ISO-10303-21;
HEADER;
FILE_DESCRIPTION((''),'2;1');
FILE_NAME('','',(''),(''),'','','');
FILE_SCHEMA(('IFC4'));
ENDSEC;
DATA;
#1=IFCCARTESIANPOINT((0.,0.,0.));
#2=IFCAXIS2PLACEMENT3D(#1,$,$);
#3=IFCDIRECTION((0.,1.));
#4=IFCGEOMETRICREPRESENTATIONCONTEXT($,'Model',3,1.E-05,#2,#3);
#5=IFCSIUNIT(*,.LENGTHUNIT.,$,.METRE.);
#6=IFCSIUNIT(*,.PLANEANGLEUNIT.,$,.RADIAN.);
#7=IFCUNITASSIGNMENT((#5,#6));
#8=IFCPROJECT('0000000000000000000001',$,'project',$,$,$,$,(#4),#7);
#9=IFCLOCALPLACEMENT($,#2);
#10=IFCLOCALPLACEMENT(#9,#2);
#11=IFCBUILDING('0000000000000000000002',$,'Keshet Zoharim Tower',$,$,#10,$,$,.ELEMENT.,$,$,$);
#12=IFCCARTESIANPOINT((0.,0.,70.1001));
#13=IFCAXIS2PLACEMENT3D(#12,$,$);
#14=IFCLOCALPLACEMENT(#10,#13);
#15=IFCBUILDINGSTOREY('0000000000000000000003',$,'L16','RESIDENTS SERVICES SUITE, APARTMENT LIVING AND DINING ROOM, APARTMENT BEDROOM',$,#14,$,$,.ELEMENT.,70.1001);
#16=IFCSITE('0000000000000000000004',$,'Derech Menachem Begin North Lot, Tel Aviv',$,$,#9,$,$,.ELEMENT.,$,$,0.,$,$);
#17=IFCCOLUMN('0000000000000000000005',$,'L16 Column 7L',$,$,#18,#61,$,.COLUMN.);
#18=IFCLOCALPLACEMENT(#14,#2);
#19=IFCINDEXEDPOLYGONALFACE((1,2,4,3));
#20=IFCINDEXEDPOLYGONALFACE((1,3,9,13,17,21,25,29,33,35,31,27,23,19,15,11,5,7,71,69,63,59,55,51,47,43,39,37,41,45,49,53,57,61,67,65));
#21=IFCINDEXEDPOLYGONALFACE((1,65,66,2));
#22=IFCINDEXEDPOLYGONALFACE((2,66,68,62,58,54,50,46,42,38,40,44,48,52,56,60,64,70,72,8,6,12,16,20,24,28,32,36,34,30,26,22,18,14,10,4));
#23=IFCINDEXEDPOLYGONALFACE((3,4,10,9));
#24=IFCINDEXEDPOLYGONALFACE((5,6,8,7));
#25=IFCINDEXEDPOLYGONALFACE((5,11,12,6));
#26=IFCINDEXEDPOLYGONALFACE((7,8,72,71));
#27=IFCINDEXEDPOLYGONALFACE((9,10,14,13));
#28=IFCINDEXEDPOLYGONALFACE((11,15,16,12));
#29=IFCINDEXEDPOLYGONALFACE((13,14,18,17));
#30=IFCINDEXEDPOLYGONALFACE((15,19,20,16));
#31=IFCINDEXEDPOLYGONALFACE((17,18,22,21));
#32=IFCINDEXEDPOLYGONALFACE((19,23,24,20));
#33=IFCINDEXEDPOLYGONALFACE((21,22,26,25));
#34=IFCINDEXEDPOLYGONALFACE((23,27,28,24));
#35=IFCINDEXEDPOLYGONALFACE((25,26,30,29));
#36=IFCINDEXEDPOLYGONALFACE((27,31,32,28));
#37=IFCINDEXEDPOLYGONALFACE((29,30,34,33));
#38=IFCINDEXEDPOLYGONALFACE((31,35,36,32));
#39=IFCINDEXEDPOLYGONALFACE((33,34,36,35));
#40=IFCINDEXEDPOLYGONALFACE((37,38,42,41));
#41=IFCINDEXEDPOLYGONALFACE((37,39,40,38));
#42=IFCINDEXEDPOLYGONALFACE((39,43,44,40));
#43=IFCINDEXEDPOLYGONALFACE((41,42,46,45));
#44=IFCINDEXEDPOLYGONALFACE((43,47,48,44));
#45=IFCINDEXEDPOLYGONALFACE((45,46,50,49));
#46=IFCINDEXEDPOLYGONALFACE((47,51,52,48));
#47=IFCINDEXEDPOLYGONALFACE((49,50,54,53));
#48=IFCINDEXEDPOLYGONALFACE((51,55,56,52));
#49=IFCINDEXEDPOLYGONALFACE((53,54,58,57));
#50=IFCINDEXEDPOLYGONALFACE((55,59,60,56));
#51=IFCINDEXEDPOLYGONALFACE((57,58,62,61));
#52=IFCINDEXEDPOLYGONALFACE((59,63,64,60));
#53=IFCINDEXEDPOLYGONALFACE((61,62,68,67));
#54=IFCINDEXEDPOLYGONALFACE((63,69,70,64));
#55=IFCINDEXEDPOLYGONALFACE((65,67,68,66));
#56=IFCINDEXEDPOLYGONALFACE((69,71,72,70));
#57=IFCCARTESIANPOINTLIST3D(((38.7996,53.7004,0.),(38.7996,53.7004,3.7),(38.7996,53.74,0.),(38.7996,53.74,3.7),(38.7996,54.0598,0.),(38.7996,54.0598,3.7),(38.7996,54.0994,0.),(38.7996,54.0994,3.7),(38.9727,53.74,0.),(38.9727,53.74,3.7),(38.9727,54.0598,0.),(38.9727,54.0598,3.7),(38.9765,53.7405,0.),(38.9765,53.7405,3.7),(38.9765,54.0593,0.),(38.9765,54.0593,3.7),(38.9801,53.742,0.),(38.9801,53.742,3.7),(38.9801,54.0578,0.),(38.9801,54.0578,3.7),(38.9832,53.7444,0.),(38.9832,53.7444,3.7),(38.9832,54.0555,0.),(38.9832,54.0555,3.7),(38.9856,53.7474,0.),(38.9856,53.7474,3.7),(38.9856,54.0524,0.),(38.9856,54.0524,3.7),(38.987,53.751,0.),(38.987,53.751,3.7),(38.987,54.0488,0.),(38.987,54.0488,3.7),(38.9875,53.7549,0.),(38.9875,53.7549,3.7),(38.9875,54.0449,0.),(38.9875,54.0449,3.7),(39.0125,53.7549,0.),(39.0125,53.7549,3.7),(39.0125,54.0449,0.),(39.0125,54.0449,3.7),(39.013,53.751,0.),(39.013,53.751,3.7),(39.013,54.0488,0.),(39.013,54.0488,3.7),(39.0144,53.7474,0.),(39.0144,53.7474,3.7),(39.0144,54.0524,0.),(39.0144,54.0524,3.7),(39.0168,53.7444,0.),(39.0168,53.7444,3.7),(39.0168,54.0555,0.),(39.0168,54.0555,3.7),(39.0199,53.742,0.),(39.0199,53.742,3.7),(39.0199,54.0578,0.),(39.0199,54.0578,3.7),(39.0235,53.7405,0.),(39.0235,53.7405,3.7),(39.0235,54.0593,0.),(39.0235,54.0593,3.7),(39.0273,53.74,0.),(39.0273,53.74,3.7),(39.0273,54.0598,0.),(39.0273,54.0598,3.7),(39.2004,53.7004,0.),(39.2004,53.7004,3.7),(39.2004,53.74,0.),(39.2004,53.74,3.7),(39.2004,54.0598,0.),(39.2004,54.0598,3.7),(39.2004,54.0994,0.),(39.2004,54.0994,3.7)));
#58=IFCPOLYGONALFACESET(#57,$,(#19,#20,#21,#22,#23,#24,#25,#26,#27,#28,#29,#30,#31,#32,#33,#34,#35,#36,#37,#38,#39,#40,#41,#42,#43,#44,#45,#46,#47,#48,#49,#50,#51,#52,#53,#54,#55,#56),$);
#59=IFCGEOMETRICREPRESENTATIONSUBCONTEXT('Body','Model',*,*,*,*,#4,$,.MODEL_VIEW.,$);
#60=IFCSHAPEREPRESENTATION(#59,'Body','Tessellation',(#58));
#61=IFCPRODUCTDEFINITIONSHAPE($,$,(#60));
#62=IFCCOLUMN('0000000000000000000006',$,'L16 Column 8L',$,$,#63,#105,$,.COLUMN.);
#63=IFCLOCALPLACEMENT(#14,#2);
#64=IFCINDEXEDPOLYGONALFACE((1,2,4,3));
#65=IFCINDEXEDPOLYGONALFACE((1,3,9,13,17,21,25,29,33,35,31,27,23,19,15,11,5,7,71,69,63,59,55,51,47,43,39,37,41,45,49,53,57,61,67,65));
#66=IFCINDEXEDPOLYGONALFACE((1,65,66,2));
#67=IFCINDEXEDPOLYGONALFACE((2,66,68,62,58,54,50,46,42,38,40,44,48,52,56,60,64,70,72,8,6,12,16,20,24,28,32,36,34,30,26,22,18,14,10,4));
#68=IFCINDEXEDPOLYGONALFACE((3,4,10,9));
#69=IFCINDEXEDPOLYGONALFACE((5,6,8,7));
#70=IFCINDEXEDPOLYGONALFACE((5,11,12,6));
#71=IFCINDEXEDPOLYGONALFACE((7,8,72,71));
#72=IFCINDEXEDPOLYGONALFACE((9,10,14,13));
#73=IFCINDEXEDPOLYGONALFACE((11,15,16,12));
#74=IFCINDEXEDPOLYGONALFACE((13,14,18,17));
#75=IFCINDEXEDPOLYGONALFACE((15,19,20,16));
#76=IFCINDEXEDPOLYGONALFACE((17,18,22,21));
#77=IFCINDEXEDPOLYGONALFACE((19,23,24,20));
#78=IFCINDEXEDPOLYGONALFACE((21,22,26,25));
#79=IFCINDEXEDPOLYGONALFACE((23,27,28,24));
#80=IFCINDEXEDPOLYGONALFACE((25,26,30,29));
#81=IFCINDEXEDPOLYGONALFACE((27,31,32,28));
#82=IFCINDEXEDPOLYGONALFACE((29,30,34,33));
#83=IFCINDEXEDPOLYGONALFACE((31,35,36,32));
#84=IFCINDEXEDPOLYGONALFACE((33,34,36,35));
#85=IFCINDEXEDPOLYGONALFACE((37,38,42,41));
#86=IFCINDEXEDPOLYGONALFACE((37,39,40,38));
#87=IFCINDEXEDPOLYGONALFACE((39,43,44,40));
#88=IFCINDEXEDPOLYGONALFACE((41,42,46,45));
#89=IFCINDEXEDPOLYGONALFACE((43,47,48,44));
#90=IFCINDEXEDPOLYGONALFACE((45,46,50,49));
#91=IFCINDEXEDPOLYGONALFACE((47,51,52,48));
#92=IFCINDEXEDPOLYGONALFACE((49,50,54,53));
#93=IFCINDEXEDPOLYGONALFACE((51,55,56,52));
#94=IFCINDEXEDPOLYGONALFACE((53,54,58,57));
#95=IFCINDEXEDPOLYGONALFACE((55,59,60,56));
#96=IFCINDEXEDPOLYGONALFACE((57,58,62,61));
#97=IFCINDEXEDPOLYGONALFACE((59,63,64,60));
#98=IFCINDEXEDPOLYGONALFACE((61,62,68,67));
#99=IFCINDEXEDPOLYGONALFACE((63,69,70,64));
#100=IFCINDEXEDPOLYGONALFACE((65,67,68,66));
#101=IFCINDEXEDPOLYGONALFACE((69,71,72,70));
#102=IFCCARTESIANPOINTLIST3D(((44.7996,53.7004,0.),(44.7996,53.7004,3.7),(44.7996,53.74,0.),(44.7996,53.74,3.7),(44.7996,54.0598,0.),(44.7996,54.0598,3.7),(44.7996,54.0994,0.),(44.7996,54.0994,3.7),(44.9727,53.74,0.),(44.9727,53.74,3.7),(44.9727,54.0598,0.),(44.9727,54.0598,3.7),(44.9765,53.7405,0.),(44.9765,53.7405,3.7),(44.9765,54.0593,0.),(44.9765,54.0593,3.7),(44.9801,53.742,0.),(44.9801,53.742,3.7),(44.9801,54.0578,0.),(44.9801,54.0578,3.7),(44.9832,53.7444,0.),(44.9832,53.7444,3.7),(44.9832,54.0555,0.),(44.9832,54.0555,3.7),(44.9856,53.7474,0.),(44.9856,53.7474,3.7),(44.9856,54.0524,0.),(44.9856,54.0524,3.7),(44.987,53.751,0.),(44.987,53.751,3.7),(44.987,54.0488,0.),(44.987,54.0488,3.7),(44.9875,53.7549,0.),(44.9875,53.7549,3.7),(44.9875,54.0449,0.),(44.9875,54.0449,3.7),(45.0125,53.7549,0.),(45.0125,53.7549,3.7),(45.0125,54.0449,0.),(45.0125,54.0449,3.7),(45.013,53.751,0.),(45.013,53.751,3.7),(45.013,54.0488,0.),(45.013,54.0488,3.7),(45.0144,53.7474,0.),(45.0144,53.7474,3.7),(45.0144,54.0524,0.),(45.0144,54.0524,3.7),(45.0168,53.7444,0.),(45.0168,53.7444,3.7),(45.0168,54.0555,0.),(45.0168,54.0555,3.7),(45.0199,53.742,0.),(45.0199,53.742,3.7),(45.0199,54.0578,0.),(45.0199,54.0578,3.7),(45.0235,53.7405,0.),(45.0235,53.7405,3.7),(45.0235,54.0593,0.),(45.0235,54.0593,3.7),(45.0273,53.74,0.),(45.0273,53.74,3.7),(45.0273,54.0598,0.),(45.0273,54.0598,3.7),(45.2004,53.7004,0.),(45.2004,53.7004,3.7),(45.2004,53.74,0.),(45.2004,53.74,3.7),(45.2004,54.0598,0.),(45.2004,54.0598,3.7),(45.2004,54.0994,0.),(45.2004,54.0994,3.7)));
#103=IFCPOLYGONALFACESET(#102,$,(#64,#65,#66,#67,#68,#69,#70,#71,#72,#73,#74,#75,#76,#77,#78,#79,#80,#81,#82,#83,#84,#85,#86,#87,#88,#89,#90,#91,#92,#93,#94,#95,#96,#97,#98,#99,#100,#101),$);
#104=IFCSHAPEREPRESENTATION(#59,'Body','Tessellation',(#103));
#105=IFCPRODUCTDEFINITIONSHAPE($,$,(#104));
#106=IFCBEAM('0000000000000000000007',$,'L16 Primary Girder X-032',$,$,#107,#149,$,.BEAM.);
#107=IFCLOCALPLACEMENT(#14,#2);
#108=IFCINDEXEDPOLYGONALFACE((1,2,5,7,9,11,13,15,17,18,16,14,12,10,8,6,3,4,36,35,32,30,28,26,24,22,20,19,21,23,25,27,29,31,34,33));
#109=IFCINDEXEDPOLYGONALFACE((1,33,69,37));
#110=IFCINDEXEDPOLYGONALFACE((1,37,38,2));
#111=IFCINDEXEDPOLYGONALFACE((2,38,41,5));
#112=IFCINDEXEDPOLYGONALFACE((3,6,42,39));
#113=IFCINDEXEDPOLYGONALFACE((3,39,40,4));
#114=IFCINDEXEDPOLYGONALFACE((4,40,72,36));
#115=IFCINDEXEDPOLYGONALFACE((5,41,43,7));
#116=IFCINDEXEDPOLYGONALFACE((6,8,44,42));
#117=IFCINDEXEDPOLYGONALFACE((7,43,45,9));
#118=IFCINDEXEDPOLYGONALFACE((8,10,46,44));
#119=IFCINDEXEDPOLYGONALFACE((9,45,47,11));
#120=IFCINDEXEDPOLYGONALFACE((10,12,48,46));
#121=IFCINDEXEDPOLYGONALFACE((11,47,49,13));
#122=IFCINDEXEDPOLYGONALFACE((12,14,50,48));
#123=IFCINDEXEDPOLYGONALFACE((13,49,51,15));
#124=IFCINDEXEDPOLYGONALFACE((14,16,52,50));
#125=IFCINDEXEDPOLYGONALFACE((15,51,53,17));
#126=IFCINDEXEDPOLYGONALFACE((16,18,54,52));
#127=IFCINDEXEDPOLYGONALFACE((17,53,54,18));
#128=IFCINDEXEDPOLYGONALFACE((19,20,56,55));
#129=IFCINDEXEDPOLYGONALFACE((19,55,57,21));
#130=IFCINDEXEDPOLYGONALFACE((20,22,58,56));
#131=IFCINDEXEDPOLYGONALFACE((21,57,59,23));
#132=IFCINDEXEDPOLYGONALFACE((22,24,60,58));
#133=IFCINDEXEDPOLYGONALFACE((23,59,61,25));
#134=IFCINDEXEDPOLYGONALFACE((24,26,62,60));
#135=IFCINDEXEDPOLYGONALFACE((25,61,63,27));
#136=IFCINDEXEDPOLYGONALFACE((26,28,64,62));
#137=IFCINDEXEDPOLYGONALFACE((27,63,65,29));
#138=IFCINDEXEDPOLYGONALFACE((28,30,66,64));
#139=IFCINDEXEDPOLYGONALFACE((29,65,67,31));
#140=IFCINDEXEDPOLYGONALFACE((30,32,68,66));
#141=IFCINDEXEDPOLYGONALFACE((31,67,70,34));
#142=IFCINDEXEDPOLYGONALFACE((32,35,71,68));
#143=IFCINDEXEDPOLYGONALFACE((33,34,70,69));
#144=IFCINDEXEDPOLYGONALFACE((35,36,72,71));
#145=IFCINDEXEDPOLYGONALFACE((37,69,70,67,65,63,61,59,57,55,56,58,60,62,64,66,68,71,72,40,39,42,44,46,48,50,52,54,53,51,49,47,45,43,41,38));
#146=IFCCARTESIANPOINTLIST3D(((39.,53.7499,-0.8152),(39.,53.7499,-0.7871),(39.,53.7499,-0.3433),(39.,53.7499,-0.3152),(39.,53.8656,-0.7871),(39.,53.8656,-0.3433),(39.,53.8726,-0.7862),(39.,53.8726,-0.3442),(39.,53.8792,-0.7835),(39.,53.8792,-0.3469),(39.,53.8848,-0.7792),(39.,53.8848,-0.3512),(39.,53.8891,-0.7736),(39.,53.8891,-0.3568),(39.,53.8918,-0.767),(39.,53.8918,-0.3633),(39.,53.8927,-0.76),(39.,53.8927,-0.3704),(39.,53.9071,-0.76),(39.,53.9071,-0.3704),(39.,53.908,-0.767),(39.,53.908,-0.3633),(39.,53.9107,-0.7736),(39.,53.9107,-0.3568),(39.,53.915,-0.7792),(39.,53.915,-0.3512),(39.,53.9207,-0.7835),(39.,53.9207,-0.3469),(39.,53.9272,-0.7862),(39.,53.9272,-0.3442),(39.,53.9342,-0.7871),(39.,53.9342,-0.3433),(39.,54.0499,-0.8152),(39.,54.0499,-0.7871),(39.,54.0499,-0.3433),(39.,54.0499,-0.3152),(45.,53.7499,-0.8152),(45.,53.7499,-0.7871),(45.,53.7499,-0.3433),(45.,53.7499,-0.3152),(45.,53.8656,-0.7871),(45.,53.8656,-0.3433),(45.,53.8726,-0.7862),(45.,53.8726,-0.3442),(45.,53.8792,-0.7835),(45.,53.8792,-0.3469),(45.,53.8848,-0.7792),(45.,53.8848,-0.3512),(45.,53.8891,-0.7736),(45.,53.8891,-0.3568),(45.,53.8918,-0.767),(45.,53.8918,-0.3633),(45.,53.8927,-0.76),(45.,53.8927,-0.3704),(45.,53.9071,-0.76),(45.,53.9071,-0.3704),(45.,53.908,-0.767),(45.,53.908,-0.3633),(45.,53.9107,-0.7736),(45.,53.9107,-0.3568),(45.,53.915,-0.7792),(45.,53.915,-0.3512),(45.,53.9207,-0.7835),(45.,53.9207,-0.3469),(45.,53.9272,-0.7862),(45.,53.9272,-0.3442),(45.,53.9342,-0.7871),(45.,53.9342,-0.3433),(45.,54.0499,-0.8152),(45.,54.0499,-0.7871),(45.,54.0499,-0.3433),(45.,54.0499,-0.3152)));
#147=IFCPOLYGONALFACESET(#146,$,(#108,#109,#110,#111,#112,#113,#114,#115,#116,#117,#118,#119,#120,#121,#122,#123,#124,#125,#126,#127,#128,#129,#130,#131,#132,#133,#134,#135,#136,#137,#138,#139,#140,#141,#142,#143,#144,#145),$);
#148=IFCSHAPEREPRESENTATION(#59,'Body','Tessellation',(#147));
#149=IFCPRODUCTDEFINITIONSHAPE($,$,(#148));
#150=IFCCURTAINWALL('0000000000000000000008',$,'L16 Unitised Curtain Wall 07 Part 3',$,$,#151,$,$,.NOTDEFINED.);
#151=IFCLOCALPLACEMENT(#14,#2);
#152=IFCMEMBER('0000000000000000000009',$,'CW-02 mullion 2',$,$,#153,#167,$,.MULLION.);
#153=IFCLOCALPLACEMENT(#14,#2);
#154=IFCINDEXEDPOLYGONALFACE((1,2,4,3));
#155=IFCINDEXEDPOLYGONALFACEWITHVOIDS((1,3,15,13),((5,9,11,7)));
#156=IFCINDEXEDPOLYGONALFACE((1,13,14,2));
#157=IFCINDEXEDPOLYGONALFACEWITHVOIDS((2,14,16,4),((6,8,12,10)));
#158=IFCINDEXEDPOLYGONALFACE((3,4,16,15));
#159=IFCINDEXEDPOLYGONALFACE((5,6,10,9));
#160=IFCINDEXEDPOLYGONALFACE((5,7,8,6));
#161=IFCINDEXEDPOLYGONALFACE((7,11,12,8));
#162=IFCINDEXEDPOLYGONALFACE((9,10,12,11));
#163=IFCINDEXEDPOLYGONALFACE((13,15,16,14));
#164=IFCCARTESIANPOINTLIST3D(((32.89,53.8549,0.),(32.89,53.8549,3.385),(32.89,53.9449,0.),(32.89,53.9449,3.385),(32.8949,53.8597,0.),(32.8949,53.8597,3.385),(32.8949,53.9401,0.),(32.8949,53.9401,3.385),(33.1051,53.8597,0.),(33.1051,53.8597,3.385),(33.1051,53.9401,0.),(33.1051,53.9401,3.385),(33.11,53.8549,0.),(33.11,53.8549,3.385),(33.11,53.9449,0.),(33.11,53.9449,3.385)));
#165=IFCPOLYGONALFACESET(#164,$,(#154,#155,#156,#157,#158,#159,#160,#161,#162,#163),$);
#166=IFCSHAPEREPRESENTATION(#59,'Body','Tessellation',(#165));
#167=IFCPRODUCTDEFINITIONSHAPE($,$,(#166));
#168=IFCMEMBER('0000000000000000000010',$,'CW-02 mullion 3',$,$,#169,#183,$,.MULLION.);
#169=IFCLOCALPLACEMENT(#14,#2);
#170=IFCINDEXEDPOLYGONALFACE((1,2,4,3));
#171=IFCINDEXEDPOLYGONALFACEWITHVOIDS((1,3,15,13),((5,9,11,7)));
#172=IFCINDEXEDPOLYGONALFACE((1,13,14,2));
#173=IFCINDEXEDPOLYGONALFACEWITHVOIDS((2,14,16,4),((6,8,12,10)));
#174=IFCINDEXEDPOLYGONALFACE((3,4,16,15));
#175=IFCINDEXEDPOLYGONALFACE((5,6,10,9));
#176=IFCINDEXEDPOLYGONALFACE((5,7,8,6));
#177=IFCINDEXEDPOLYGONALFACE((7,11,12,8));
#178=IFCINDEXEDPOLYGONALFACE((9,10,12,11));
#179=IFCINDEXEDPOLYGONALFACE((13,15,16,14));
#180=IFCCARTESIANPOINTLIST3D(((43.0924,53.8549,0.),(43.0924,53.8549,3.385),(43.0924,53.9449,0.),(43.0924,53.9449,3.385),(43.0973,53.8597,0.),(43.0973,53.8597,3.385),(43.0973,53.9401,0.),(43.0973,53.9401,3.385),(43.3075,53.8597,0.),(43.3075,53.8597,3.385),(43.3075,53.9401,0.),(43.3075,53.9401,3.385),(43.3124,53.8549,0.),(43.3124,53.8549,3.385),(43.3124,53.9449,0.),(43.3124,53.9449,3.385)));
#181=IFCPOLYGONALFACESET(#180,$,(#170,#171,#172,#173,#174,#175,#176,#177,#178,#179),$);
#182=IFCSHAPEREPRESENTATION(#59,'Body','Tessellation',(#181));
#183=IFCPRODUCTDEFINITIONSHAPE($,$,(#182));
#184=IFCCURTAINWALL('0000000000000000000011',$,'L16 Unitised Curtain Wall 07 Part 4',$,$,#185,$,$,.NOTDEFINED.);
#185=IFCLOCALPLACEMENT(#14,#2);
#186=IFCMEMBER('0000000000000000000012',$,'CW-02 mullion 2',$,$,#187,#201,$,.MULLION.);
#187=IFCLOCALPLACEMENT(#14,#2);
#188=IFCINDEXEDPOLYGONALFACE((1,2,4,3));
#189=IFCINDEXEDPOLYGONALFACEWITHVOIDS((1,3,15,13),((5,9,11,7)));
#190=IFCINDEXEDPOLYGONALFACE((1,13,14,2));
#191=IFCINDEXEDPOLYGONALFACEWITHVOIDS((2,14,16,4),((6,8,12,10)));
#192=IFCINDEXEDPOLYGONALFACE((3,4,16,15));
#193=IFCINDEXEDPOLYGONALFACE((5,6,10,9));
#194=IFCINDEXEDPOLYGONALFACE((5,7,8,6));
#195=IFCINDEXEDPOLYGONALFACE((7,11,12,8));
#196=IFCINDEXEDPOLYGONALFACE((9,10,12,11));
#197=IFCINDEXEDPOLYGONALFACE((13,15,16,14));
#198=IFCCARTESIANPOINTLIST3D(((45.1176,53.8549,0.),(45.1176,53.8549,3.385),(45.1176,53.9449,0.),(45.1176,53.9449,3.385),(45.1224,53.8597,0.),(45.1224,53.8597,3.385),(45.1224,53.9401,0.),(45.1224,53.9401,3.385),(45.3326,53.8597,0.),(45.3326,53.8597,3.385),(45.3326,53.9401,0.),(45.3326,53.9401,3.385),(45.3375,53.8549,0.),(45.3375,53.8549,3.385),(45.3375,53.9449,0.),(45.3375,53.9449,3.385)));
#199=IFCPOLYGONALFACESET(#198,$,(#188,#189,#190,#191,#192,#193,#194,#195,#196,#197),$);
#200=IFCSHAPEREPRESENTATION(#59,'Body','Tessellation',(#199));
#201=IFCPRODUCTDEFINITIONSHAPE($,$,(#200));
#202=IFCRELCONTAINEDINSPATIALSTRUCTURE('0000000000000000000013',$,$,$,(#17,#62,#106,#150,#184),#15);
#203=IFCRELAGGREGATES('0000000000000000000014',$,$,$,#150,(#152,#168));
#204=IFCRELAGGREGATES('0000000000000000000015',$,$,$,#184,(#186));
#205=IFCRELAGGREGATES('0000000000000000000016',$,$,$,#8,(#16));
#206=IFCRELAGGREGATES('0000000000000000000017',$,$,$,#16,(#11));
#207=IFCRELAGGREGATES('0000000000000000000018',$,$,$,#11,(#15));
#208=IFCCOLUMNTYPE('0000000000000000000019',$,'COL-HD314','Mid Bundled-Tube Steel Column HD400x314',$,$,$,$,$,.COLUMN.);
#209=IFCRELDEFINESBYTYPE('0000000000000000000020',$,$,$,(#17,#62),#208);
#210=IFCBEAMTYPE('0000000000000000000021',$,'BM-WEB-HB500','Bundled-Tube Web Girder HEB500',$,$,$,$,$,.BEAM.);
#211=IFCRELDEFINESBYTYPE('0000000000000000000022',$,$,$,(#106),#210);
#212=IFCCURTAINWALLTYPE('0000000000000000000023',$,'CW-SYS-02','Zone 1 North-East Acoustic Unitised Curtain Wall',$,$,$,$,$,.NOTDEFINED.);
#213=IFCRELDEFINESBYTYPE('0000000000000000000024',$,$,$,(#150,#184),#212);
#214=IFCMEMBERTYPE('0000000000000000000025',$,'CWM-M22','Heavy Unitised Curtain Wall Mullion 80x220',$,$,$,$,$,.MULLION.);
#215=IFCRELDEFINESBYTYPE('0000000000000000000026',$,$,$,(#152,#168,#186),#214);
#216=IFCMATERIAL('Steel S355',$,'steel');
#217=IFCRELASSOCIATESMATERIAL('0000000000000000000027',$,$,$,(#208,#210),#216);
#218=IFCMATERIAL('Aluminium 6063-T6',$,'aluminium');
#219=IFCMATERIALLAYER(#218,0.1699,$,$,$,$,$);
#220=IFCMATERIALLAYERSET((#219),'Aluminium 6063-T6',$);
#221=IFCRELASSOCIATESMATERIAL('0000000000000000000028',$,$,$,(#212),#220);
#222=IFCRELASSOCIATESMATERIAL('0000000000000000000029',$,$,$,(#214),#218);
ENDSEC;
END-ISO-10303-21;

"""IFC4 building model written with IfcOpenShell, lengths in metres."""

from ifc_helpers import new_model, si_unit, direction, frame, origin, origin_2d, place, context, subcontext, project, spatial, hollow_rectangle, i_section, extrude, material, layer, layer_set, material_profile, profile_set, type_object, element, aggregate, save


model = new_model("IFC4")

# Units and contexts
model_context = context("Model", 3, precision=1e-05, world=origin(), true_north=direction((0.0, 1.0)))
body_context = subcontext(model_context, "Body", "Model", "MODEL_VIEW")
ifc_project = project(units=[si_unit("LENGTHUNIT", "METRE"), si_unit("PLANEANGLEUNIT", "RADIAN")], contexts=[model_context])

# Site, building, storey
site_placement = place(None, origin())
site = spatial("IfcSite", under=ifc_project, at=site_placement, Name="Derech Menachem Begin North Lot, Tel Aviv", CompositionType="ELEMENT", RefElevation=0.0)
building_placement = place(site_placement, origin())
building = spatial("IfcBuilding", under=site, at=building_placement, Name="Keshet Zoharim Tower", CompositionType="ELEMENT")
storey_placement = place(building_placement, frame((0.0, 0.0, 70.1001)))
storey = spatial("IfcBuildingStorey", under=building, at=storey_placement, Name="L16", Description="RESIDENTS SERVICES SUITE, APARTMENT LIVING AND DINING ROOM, APARTMENT BEDROOM", CompositionType="ELEMENT", Elevation=70.1001)

# Columns
ifc_material_1 = material(Name="Steel S355", Category="steel")
ifc_material_profile_1 = material_profile(ifc_material_1, i_section(OverallWidth=0.4009, OverallDepth=0.3989, WebThickness=0.0249, FlangeThickness=0.0396, FilletRadius=0.0149, at=origin_2d()), Name="HD400x314")
ifc_profile_set_1 = profile_set([ifc_material_profile_1], Name="Steel S355")
column_type = type_object("IfcColumnType", Name="COL-HD314", Description="Mid Bundled-Tube Steel Column HD400x314", PredefinedType="COLUMN", material=ifc_profile_set_1)
for number, where, z_axis, x_axis, name in (
    (1, (39.0, 53.8999, 0.0), (0.0, 0.0, 1.0), (1.0, 0.0, 0.0), "L16 Column 7L"),
    (2, (45.0, 53.8999, 0.0), (0.0, 0.0, 1.0), (1.0, 0.0, 0.0), "L16 Column 8L"),
):
    element("IfcColumn", number, at=place(storey_placement, frame(where, z_axis=z_axis, x_axis=x_axis)), inside=storey, type_object=column_type, Name=name, PredefinedType="COLUMN", context=body_context, shape_type="SweptSolid", body=[
        extrude(i_section(OverallWidth=0.4009, OverallDepth=0.3989, WebThickness=0.0249, FlangeThickness=0.0396, FilletRadius=0.0149, at=origin_2d()), origin(), (0.0, 0.0, 1.0), 3.7),
    ])

# Beam
ifc_material_profile_2 = material_profile(ifc_material_1, i_section(OverallWidth=0.3, OverallDepth=0.5, WebThickness=0.0144, FlangeThickness=0.0281, FilletRadius=0.0271, at=origin_2d()), Name="HEB500")
ifc_profile_set_2 = profile_set([ifc_material_profile_2], Name="Steel S355")
beam_type = type_object("IfcBeamType", Name="BM-WEB-HB500", Description="Bundled-Tube Web Girder HEB500", PredefinedType="BEAM", material=ifc_profile_set_2)
beam_placement = place(storey_placement, frame((39.0, 53.8999, -0.5652), z_axis=(1.0, 0.0, 0.0), x_axis=(0.0, 1.0, 0.0)))
element("IfcBeam", 3, at=beam_placement, inside=storey, type_object=beam_type, Name="L16 Primary Girder X-032", PredefinedType="BEAM", context=body_context, shape_type="SweptSolid", body=[
    extrude(i_section(OverallWidth=0.3, OverallDepth=0.5, WebThickness=0.0144, FlangeThickness=0.0281, FilletRadius=0.0271, at=origin_2d()), origin(), (0.0, 0.0, 1.0), 6.0),
])

# Curtain wall, members
ifc_material_2 = material(Name="Aluminium 6063-T6", Category="aluminium")
ifc_layer_1 = layer(ifc_material_2, 0.1699)
ifc_layer_set_1 = layer_set([ifc_layer_1], Name="Aluminium 6063-T6")
curtain_wall_type = type_object("IfcCurtainWallType", Name="CW-SYS-02", Description="Zone 1 North-East Acoustic Unitised Curtain Wall", PredefinedType="NOTDEFINED", material=ifc_layer_set_1)
curtain_wall_1_placement = place(storey_placement, origin())
curtain_wall_1 = element("IfcCurtainWall", 4, at=curtain_wall_1_placement, inside=storey, type_object=curtain_wall_type, Name="L16 Unitised Curtain Wall 07 Part 3", PredefinedType="NOTDEFINED")
ifc_material_profile_3 = material_profile(ifc_material_2, hollow_rectangle(XDim=0.0901, YDim=0.22, WallThickness=0.0049, at=origin_2d()), Name="MUL-90x220")
ifc_profile_set_3 = profile_set([ifc_material_profile_3], Name="Aluminium 6063-T6")
member_type_1 = type_object("IfcMemberType", Name="CWM-M22", Description="Heavy Unitised Curtain Wall Mullion 80x220", PredefinedType="MULLION", material=ifc_profile_set_3)
member_1_placement = place(storey_placement, frame((33.0, 53.8999, 0.0), z_axis=(0.0, 0.0, 1.0), x_axis=(0.0, 1.0, 0.0)))
member_1 = element("IfcMember", 5, at=member_1_placement, type_object=member_type_1, Name="CW-02 mullion 2", PredefinedType="MULLION", context=body_context, shape_type="SweptSolid", body=[
    extrude(hollow_rectangle(XDim=0.0901, YDim=0.22, WallThickness=0.0049, at=origin_2d()), origin(), (0.0, 0.0, 1.0), 3.385),
])
member_2_placement = place(storey_placement, frame((43.2024, 53.8999, 0.0), z_axis=(0.0, 0.0, 1.0), x_axis=(0.0, 1.0, 0.0)))
member_2 = element("IfcMember", 6, at=member_2_placement, type_object=member_type_1, Name="CW-02 mullion 3", PredefinedType="MULLION", context=body_context, shape_type="SweptSolid", body=[
    extrude(hollow_rectangle(XDim=0.0901, YDim=0.22, WallThickness=0.0049, at=origin_2d()), origin(), (0.0, 0.0, 1.0), 3.385),
])

# Curtain wall, member
curtain_wall_2_placement = place(storey_placement, origin())
curtain_wall_2 = element("IfcCurtainWall", 7, at=curtain_wall_2_placement, inside=storey, type_object=curtain_wall_type, Name="L16 Unitised Curtain Wall 07 Part 4", PredefinedType="NOTDEFINED")
member_3_placement = place(storey_placement, frame((45.2275, 53.8999, 0.0), z_axis=(0.0, 0.0, 1.0), x_axis=(0.0, 1.0, 0.0)))
member_3 = element("IfcMember", 8, at=member_3_placement, type_object=member_type_1, Name="CW-02 mullion 2", PredefinedType="MULLION", context=body_context, shape_type="SweptSolid", body=[
    extrude(hollow_rectangle(XDim=0.0901, YDim=0.22, WallThickness=0.0049, at=origin_2d()), origin(), (0.0, 0.0, 1.0), 3.385),
])

aggregate(curtain_wall_1, [member_1, member_2])
aggregate(curtain_wall_2, [member_3])

save(model, "model.ifc")
